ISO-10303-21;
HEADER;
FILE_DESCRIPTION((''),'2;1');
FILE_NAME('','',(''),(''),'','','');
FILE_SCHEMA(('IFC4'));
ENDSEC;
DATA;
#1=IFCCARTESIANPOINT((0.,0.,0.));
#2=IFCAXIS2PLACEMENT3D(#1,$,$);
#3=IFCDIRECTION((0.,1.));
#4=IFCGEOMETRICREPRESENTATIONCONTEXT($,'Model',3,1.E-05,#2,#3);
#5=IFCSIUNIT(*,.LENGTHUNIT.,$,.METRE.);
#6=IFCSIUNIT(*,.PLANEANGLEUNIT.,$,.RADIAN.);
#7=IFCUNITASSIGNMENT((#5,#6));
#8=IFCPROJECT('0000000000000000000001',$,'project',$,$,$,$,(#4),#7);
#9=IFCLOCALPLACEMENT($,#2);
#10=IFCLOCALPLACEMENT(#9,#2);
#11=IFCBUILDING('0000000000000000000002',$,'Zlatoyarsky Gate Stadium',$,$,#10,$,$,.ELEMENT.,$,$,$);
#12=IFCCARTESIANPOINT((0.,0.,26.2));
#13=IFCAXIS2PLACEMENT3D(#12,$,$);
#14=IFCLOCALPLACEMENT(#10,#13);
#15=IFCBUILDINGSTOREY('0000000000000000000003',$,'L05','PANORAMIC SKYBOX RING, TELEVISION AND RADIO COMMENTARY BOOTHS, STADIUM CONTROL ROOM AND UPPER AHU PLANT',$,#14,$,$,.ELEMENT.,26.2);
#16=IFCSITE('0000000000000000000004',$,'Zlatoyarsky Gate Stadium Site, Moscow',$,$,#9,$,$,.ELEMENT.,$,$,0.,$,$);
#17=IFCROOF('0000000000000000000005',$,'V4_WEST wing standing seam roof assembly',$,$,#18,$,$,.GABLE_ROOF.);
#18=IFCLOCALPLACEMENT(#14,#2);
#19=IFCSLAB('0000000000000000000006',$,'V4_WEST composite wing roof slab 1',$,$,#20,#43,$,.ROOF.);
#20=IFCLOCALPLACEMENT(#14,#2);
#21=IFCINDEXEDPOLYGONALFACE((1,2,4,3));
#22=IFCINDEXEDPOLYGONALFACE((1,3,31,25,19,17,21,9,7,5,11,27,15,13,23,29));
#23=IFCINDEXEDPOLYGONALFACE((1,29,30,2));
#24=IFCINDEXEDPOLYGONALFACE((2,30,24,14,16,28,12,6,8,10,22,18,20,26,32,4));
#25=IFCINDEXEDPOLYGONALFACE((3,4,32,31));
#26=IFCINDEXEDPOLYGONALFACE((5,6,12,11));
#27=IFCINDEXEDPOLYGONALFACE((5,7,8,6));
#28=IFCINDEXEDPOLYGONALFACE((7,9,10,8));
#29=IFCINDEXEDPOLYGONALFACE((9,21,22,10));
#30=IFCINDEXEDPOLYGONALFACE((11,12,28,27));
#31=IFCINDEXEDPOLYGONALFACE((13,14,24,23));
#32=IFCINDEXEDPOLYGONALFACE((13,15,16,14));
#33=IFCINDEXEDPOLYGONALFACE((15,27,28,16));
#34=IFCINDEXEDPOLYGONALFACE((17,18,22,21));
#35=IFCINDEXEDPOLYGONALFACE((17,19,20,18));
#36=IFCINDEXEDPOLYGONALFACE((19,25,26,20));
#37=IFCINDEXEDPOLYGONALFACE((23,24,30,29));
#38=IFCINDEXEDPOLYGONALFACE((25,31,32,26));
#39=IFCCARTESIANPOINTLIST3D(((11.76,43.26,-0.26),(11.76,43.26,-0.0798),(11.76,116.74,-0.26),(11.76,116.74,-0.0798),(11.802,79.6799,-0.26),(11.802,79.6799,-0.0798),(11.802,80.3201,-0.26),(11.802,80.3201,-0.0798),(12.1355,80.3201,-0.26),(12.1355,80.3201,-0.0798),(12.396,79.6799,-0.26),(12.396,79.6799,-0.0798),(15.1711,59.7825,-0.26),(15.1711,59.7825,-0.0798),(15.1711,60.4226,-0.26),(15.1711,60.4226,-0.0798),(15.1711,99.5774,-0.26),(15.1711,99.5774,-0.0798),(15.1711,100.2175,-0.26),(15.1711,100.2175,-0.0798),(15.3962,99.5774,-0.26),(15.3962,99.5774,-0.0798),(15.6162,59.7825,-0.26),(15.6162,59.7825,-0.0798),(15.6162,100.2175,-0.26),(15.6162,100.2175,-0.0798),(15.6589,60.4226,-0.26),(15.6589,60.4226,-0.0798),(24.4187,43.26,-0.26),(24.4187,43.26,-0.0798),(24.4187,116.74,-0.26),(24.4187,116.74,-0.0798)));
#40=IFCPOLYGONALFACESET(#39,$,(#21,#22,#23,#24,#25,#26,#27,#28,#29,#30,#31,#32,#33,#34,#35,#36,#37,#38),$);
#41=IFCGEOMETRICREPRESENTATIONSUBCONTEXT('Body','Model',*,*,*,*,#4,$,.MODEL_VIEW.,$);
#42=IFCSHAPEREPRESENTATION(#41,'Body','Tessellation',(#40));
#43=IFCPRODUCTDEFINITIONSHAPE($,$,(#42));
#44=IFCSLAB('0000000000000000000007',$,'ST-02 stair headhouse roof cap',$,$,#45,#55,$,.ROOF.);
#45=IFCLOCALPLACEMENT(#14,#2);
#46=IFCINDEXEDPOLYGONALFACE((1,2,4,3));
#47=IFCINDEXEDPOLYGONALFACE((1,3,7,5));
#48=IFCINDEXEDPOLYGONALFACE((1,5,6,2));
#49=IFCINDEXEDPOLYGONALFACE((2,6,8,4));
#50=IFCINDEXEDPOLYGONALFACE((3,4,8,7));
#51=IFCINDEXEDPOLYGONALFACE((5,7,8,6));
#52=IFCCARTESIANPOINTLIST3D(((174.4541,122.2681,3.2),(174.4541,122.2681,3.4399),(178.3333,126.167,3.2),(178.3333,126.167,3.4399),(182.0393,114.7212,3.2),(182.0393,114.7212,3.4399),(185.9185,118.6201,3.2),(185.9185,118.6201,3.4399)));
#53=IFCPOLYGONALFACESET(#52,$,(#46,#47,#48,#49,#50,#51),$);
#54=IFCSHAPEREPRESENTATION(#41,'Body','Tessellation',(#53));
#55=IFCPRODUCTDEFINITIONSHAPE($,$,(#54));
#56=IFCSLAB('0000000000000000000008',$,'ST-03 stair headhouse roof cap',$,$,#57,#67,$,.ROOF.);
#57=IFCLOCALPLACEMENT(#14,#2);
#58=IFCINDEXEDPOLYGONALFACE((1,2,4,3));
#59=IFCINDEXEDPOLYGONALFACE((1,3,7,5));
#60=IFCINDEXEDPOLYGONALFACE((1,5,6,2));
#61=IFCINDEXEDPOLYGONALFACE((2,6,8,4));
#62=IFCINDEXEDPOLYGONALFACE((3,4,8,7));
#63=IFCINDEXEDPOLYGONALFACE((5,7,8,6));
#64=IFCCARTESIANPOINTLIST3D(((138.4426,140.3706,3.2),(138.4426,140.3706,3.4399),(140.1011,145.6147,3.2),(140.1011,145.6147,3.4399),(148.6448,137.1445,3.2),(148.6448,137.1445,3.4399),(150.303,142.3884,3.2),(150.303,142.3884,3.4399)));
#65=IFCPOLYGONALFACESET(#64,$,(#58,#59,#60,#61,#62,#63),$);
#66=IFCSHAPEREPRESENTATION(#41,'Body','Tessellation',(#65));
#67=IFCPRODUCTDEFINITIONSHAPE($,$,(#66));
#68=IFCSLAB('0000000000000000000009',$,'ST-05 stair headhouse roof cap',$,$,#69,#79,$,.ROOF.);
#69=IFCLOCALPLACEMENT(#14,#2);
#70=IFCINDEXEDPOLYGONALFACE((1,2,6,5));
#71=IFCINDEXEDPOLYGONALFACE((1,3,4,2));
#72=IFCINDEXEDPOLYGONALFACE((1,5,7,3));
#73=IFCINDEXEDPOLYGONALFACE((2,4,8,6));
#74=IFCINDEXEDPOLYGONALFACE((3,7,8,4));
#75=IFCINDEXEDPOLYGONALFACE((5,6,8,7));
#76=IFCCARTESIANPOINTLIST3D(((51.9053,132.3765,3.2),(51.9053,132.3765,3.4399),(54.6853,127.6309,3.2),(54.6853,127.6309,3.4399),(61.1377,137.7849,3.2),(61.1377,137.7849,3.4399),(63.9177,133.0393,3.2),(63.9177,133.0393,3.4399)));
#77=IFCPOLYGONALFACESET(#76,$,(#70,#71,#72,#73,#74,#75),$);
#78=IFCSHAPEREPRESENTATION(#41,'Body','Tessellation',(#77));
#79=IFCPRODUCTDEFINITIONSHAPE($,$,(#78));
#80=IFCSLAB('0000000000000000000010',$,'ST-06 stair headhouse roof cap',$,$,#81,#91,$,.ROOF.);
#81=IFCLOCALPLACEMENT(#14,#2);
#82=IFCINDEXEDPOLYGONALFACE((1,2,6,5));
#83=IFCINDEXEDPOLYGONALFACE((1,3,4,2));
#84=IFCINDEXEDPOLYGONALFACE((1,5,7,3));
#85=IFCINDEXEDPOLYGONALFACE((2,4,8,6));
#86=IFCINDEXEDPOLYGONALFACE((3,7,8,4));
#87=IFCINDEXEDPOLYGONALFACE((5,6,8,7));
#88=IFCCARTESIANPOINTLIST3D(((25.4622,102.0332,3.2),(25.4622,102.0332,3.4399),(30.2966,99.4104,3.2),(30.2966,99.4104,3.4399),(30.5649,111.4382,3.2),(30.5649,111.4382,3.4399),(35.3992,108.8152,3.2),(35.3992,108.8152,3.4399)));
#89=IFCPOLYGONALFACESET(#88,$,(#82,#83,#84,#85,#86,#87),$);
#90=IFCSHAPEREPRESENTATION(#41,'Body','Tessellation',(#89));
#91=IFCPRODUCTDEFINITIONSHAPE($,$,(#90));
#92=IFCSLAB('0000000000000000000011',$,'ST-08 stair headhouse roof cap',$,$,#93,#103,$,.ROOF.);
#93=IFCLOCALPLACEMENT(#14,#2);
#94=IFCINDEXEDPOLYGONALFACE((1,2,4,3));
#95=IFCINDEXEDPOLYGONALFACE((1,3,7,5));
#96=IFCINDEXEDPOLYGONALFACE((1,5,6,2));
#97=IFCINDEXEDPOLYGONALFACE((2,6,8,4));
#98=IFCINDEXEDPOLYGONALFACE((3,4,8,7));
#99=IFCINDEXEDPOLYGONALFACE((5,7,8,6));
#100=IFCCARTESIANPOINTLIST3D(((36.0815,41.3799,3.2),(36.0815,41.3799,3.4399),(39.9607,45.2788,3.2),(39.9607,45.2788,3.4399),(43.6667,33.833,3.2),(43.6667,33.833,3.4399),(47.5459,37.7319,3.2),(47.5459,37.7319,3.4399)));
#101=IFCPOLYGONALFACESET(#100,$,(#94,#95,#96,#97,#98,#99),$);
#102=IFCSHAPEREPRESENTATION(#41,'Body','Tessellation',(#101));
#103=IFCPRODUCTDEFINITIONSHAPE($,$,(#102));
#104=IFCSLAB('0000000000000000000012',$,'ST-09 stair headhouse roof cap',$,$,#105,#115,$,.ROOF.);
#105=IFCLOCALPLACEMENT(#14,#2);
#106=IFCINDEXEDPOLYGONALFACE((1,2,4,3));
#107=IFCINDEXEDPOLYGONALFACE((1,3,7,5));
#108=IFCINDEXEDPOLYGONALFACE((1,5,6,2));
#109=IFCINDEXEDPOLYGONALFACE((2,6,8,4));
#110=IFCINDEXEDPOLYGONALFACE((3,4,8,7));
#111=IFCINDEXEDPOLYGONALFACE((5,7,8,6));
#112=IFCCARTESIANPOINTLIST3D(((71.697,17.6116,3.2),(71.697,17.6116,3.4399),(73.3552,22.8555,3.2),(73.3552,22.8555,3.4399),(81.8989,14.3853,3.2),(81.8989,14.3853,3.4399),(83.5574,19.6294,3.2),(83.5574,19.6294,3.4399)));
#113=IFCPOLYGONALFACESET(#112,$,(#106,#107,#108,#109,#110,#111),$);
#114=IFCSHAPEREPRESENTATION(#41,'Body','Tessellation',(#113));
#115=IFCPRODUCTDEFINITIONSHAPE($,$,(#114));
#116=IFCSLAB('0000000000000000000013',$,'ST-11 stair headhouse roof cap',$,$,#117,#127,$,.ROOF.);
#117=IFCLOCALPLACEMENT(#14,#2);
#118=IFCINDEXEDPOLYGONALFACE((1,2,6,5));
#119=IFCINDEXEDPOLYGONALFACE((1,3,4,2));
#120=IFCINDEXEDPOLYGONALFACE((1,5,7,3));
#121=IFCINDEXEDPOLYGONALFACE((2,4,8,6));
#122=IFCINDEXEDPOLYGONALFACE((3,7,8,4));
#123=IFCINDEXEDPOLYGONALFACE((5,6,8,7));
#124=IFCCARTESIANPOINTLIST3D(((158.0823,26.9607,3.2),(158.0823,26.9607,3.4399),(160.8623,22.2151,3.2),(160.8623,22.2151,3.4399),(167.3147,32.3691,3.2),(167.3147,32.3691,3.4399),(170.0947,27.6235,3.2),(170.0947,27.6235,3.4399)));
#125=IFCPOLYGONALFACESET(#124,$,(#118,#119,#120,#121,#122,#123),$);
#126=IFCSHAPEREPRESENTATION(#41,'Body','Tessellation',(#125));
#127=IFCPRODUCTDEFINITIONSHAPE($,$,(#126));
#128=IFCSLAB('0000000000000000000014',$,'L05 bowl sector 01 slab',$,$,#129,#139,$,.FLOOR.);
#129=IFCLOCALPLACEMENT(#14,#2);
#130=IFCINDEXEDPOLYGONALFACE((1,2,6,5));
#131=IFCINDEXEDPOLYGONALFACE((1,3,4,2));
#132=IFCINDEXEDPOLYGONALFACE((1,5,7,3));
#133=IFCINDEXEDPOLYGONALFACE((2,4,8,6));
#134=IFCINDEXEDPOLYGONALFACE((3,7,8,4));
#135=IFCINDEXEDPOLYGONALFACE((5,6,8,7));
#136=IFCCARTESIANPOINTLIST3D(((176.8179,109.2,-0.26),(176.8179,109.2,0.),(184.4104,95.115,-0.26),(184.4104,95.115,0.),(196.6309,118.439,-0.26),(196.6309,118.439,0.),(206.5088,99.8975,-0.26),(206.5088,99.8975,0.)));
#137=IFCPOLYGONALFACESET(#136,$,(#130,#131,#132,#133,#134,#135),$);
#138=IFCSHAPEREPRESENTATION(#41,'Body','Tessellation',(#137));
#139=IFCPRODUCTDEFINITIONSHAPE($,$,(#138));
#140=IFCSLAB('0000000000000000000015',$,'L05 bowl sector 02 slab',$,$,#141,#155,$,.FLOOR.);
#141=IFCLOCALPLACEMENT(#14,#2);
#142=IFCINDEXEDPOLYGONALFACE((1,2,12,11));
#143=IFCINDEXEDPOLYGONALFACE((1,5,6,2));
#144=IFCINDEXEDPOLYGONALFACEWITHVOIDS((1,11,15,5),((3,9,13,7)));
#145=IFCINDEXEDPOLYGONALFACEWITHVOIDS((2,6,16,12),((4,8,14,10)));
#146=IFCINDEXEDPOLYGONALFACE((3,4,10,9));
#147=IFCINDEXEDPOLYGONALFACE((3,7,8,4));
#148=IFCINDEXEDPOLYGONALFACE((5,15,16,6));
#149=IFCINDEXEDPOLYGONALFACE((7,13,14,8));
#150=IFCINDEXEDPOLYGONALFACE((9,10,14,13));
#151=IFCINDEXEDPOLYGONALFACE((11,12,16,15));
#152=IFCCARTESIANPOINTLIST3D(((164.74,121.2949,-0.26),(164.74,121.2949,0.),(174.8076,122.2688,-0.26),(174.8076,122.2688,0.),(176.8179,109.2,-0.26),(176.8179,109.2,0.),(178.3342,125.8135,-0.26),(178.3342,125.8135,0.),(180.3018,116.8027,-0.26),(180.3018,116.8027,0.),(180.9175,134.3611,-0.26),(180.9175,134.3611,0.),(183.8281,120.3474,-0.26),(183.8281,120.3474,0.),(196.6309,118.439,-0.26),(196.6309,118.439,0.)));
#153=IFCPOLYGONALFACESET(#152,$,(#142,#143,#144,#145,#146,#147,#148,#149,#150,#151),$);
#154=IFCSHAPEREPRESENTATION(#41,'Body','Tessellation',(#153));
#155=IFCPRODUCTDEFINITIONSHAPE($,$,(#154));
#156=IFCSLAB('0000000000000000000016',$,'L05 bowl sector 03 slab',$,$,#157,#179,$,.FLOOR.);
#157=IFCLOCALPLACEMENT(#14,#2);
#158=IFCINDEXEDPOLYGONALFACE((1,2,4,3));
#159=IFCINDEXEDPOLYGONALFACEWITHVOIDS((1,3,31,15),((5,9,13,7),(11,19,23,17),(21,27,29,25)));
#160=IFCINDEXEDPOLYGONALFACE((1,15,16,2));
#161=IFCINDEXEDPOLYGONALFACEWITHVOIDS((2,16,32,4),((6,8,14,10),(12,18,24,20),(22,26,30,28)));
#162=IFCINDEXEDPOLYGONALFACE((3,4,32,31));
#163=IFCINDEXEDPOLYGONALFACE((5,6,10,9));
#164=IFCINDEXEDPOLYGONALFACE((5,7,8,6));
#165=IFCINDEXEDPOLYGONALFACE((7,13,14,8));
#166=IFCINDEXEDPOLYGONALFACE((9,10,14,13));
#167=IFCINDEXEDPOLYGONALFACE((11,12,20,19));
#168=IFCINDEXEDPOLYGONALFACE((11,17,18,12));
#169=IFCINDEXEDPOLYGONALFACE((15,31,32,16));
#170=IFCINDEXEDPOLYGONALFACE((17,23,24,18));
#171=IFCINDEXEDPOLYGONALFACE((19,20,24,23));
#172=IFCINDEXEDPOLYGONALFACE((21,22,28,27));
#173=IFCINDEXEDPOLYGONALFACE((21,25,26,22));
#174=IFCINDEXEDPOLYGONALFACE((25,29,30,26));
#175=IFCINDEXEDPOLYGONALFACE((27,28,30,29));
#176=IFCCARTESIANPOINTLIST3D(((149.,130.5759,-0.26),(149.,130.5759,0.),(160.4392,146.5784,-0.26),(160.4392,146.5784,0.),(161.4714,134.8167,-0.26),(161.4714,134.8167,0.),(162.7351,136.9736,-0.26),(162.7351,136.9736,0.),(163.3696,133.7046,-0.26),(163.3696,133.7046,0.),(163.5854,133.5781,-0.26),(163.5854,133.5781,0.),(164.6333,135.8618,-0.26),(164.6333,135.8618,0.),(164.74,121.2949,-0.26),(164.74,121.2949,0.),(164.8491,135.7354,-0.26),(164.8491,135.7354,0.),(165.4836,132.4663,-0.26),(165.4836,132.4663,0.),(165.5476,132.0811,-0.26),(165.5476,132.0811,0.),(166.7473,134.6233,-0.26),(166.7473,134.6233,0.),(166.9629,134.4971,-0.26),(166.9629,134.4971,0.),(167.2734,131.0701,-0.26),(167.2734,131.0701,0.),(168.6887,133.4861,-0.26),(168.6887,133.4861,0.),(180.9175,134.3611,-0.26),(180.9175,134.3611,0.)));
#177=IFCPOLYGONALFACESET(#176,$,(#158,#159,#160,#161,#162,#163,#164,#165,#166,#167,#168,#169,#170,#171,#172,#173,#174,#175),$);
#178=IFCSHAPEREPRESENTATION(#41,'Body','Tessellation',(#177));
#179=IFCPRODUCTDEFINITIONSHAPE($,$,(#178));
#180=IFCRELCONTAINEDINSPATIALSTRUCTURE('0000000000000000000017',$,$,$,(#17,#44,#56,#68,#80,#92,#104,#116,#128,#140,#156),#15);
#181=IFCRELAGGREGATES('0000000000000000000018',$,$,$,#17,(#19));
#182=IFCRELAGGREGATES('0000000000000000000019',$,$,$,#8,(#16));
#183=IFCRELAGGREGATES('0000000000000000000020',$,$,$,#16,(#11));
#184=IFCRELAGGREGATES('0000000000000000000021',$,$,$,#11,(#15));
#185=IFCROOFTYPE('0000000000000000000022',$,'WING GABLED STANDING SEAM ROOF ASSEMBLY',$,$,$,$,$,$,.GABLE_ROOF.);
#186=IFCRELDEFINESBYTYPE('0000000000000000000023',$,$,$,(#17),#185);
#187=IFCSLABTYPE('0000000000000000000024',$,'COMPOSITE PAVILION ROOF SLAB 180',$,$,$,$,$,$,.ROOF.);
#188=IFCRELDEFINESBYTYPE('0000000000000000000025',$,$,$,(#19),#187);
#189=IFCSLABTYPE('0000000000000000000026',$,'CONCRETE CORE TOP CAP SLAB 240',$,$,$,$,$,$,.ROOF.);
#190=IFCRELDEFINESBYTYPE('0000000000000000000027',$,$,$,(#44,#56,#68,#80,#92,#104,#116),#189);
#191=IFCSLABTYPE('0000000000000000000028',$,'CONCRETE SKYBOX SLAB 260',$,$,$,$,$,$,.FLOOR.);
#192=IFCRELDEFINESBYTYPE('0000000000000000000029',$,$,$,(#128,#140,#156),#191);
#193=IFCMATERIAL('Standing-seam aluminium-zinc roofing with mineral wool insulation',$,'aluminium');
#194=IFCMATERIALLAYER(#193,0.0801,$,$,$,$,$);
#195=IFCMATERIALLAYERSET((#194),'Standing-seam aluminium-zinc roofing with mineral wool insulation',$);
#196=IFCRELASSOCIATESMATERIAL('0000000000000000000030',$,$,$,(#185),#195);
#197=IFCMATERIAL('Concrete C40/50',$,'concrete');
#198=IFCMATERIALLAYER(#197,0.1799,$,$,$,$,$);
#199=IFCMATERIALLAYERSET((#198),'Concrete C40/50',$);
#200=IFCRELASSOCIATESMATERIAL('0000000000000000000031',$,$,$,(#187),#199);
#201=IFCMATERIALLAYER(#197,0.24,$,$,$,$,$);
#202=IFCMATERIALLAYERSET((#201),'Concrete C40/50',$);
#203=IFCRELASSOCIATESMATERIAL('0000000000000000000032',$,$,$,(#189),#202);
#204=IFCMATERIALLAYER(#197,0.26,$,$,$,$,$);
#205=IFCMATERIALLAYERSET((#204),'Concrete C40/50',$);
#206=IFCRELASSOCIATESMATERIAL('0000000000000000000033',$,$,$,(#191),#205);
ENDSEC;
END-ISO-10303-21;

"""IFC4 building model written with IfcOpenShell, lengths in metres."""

from ifc_helpers import new_model, si_unit, direction, frame, origin, place, context, subcontext, project, spatial, polyline, outline, extrude, material, layer, layer_set, type_object, element, aggregate, save


model = new_model("IFC4")

# Units and contexts
model_context = context("Model", 3, precision=1e-05, world=origin(), true_north=direction((0.0, 1.0)))
body_context = subcontext(model_context, "Body", "Model", "MODEL_VIEW")
ifc_project = project(units=[si_unit("LENGTHUNIT", "METRE"), si_unit("PLANEANGLEUNIT", "RADIAN")], contexts=[model_context])

# Site, building, storey
site_placement = place(None, origin())
site = spatial("IfcSite", under=ifc_project, at=site_placement, Name="Zlatoyarsky Gate Stadium Site, Moscow", CompositionType="ELEMENT", RefElevation=0.0)
building_placement = place(site_placement, origin())
building = spatial("IfcBuilding", under=site, at=building_placement, Name="Zlatoyarsky Gate Stadium", CompositionType="ELEMENT")
storey_placement = place(building_placement, frame((0.0, 0.0, 26.2)))
storey = spatial("IfcBuildingStorey", under=building, at=storey_placement, Name="L05", Description="PANORAMIC SKYBOX RING, TELEVISION AND RADIO COMMENTARY BOOTHS, STADIUM CONTROL ROOM AND UPPER AHU PLANT", CompositionType="ELEMENT", Elevation=26.2)

# Roof, slab
ifc_material_1 = material(Name="Standing-seam aluminium-zinc roofing with mineral wool insulation", Category="aluminium")
ifc_layer_1 = layer(ifc_material_1, 0.0801)
ifc_layer_set_1 = layer_set([ifc_layer_1], Name="Standing-seam aluminium-zinc roofing with mineral wool insulation")
roof_type = type_object("IfcRoofType", Name="WING GABLED STANDING SEAM ROOF ASSEMBLY", PredefinedType="GABLE_ROOF", material=ifc_layer_set_1)
roof_placement = place(storey_placement, origin())
roof = element("IfcRoof", 1, at=roof_placement, inside=storey, type_object=roof_type, Name="V4_WEST wing standing seam roof assembly", PredefinedType="GABLE_ROOF")
ifc_material_2 = material(Name="Concrete C40/50", Category="concrete")
ifc_layer_2 = layer(ifc_material_2, 0.1799)
ifc_layer_set_2 = layer_set([ifc_layer_2], Name="Concrete C40/50")
slab_type_1 = type_object("IfcSlabType", Name="COMPOSITE PAVILION ROOF SLAB 180", PredefinedType="ROOF", material=ifc_layer_set_2)
slab_1_placement = place(storey_placement, frame((0.0, 0.0, -0.26)))
slab_1 = element("IfcSlab", 2, at=slab_1_placement, type_object=slab_type_1, Name="V4_WEST composite wing roof slab 1", PredefinedType="ROOF", context=body_context, shape_type="SweptSolid", body=[
    extrude(outline(polyline([(11.76, 43.26), (11.76, 116.74), (24.4187, 116.74), (15.6162, 100.2175), (15.1711, 100.2175), (15.1711, 99.5774), (15.3962, 99.5774), (12.1355, 80.3201), (11.802, 80.3201), (11.802, 79.6799), (12.396, 79.6799), (15.6589, 60.4226), (15.1711, 60.4226), (15.1711, 59.7825), (15.6162, 59.7825), (24.4187, 43.26), (11.76, 43.26)])), origin(), (0.0, 0.0, 1.0), 0.1802),
])

# Slabs
ifc_layer_3 = layer(ifc_material_2, 0.24)
ifc_layer_set_3 = layer_set([ifc_layer_3], Name="Concrete C40/50")
slab_type_2 = type_object("IfcSlabType", Name="CONCRETE CORE TOP CAP SLAB 240", PredefinedType="ROOF", material=ifc_layer_set_3)
slab_2_placement = place(storey_placement, frame((0.0, 0.0, 3.2)))
element("IfcSlab", 3, at=slab_2_placement, inside=storey, type_object=slab_type_2, Name="ST-02 stair headhouse roof cap", PredefinedType="ROOF", context=body_context, shape_type="SweptSolid", body=[
    extrude(outline(polyline([(185.9185, 118.6201), (178.3333, 126.167), (174.4541, 122.2681), (182.0393, 114.7212), (185.9185, 118.6201)])), origin(), (0.0, 0.0, 1.0), 0.24),
])
slab_3_placement = place(storey_placement, frame((0.0, 0.0, 3.2)))
element("IfcSlab", 4, at=slab_3_placement, inside=storey, type_object=slab_type_2, Name="ST-03 stair headhouse roof cap", PredefinedType="ROOF", context=body_context, shape_type="SweptSolid", body=[
    extrude(outline(polyline([(150.303, 142.3884), (140.1011, 145.6147), (138.4426, 140.3706), (148.6448, 137.1445), (150.303, 142.3884)])), origin(), (0.0, 0.0, 1.0), 0.24),
])
slab_4_placement = place(storey_placement, frame((0.0, 0.0, 3.2)))
element("IfcSlab", 5, at=slab_4_placement, inside=storey, type_object=slab_type_2, Name="ST-05 stair headhouse roof cap", PredefinedType="ROOF", context=body_context, shape_type="SweptSolid", body=[
    extrude(outline(polyline([(61.1377, 137.7849), (51.9053, 132.3765), (54.6853, 127.6309), (63.9177, 133.0393), (61.1377, 137.7849)])), origin(), (0.0, 0.0, 1.0), 0.24),
])
slab_5_placement = place(storey_placement, frame((0.0, 0.0, 3.2)))
element("IfcSlab", 6, at=slab_5_placement, inside=storey, type_object=slab_type_2, Name="ST-06 stair headhouse roof cap", PredefinedType="ROOF", context=body_context, shape_type="SweptSolid", body=[
    extrude(outline(polyline([(30.5649, 111.4382), (25.4622, 102.0332), (30.2966, 99.4104), (35.3992, 108.8152), (30.5649, 111.4382)])), origin(), (0.0, 0.0, 1.0), 0.24),
])
slab_6_placement = place(storey_placement, frame((0.0, 0.0, 3.2)))
element("IfcSlab", 7, at=slab_6_placement, inside=storey, type_object=slab_type_2, Name="ST-08 stair headhouse roof cap", PredefinedType="ROOF", context=body_context, shape_type="SweptSolid", body=[
    extrude(outline(polyline([(36.0815, 41.3799), (43.6667, 33.833), (47.5459, 37.7319), (39.9607, 45.2788), (36.0815, 41.3799)])), origin(), (0.0, 0.0, 1.0), 0.24),
])
slab_7_placement = place(storey_placement, frame((0.0, 0.0, 3.2)))
element("IfcSlab", 8, at=slab_7_placement, inside=storey, type_object=slab_type_2, Name="ST-09 stair headhouse roof cap", PredefinedType="ROOF", context=body_context, shape_type="SweptSolid", body=[
    extrude(outline(polyline([(71.697, 17.6116), (81.8989, 14.3853), (83.5574, 19.6294), (73.3552, 22.8555), (71.697, 17.6116)])), origin(), (0.0, 0.0, 1.0), 0.24),
])
slab_8_placement = place(storey_placement, frame((0.0, 0.0, 3.2)))
element("IfcSlab", 9, at=slab_8_placement, inside=storey, type_object=slab_type_2, Name="ST-11 stair headhouse roof cap", PredefinedType="ROOF", context=body_context, shape_type="SweptSolid", body=[
    extrude(outline(polyline([(160.8623, 22.2151), (170.0947, 27.6235), (167.3147, 32.3691), (158.0823, 26.9607), (160.8623, 22.2151)])), origin(), (0.0, 0.0, 1.0), 0.24),
])
ifc_layer_4 = layer(ifc_material_2, 0.26)
ifc_layer_set_4 = layer_set([ifc_layer_4], Name="Concrete C40/50")
slab_type_3 = type_object("IfcSlabType", Name="CONCRETE SKYBOX SLAB 260", PredefinedType="FLOOR", material=ifc_layer_set_4)
slab_9_placement = place(storey_placement, frame((0.0, 0.0, -0.26)))
element("IfcSlab", 10, at=slab_9_placement, inside=storey, type_object=slab_type_3, Name="L05 bowl sector 01 slab", PredefinedType="FLOOR", context=body_context, shape_type="SweptSolid", body=[
    extrude(outline(polyline([(176.8179, 109.2), (196.6309, 118.439), (206.5088, 99.8975), (184.4104, 95.115), (176.8179, 109.2)])), origin(), (0.0, 0.0, 1.0), 0.26),
])
slab_10_placement = place(storey_placement, frame((0.0, 0.0, -0.26)))
element("IfcSlab", 11, at=slab_10_placement, inside=storey, type_object=slab_type_3, Name="L05 bowl sector 02 slab", PredefinedType="FLOOR", context=body_context, shape_type="SweptSolid", body=[
    extrude(outline(polyline([(164.74, 121.2949), (180.9175, 134.3611), (196.6309, 118.439), (176.8179, 109.2), (164.74, 121.2949)]), holes=[polyline([(178.3342, 125.8135), (174.8076, 122.2688), (180.3018, 116.8027), (183.8281, 120.3474), (178.3342, 125.8135)])]), origin(), (0.0, 0.0, 1.0), 0.26),
])
slab_11_placement = place(storey_placement, frame((0.0, 0.0, -0.26)))
element("IfcSlab", 12, at=slab_11_placement, inside=storey, type_object=slab_type_3, Name="L05 bowl sector 03 slab", PredefinedType="FLOOR", context=body_context, shape_type="SweptSolid", body=[
    extrude(outline(polyline([(149.0, 130.5759), (160.4392, 146.5784), (180.9175, 134.3611), (164.74, 121.2949), (149.0, 130.5759)]), holes=[polyline([(166.9629, 134.4971), (165.5476, 132.0811), (167.2734, 131.0701), (168.6887, 133.4861), (166.9629, 134.4971)]), polyline([(164.8491, 135.7354), (163.5854, 133.5781), (165.4836, 132.4663), (166.7473, 134.6233), (164.8491, 135.7354)]), polyline([(164.6333, 135.8618), (162.7351, 136.9736), (161.4714, 134.8167), (163.3696, 133.7046), (164.6333, 135.8618)])]), origin(), (0.0, 0.0, 1.0), 0.26),
])

aggregate(roof, [slab_1])

save(model, "model.ifc")
